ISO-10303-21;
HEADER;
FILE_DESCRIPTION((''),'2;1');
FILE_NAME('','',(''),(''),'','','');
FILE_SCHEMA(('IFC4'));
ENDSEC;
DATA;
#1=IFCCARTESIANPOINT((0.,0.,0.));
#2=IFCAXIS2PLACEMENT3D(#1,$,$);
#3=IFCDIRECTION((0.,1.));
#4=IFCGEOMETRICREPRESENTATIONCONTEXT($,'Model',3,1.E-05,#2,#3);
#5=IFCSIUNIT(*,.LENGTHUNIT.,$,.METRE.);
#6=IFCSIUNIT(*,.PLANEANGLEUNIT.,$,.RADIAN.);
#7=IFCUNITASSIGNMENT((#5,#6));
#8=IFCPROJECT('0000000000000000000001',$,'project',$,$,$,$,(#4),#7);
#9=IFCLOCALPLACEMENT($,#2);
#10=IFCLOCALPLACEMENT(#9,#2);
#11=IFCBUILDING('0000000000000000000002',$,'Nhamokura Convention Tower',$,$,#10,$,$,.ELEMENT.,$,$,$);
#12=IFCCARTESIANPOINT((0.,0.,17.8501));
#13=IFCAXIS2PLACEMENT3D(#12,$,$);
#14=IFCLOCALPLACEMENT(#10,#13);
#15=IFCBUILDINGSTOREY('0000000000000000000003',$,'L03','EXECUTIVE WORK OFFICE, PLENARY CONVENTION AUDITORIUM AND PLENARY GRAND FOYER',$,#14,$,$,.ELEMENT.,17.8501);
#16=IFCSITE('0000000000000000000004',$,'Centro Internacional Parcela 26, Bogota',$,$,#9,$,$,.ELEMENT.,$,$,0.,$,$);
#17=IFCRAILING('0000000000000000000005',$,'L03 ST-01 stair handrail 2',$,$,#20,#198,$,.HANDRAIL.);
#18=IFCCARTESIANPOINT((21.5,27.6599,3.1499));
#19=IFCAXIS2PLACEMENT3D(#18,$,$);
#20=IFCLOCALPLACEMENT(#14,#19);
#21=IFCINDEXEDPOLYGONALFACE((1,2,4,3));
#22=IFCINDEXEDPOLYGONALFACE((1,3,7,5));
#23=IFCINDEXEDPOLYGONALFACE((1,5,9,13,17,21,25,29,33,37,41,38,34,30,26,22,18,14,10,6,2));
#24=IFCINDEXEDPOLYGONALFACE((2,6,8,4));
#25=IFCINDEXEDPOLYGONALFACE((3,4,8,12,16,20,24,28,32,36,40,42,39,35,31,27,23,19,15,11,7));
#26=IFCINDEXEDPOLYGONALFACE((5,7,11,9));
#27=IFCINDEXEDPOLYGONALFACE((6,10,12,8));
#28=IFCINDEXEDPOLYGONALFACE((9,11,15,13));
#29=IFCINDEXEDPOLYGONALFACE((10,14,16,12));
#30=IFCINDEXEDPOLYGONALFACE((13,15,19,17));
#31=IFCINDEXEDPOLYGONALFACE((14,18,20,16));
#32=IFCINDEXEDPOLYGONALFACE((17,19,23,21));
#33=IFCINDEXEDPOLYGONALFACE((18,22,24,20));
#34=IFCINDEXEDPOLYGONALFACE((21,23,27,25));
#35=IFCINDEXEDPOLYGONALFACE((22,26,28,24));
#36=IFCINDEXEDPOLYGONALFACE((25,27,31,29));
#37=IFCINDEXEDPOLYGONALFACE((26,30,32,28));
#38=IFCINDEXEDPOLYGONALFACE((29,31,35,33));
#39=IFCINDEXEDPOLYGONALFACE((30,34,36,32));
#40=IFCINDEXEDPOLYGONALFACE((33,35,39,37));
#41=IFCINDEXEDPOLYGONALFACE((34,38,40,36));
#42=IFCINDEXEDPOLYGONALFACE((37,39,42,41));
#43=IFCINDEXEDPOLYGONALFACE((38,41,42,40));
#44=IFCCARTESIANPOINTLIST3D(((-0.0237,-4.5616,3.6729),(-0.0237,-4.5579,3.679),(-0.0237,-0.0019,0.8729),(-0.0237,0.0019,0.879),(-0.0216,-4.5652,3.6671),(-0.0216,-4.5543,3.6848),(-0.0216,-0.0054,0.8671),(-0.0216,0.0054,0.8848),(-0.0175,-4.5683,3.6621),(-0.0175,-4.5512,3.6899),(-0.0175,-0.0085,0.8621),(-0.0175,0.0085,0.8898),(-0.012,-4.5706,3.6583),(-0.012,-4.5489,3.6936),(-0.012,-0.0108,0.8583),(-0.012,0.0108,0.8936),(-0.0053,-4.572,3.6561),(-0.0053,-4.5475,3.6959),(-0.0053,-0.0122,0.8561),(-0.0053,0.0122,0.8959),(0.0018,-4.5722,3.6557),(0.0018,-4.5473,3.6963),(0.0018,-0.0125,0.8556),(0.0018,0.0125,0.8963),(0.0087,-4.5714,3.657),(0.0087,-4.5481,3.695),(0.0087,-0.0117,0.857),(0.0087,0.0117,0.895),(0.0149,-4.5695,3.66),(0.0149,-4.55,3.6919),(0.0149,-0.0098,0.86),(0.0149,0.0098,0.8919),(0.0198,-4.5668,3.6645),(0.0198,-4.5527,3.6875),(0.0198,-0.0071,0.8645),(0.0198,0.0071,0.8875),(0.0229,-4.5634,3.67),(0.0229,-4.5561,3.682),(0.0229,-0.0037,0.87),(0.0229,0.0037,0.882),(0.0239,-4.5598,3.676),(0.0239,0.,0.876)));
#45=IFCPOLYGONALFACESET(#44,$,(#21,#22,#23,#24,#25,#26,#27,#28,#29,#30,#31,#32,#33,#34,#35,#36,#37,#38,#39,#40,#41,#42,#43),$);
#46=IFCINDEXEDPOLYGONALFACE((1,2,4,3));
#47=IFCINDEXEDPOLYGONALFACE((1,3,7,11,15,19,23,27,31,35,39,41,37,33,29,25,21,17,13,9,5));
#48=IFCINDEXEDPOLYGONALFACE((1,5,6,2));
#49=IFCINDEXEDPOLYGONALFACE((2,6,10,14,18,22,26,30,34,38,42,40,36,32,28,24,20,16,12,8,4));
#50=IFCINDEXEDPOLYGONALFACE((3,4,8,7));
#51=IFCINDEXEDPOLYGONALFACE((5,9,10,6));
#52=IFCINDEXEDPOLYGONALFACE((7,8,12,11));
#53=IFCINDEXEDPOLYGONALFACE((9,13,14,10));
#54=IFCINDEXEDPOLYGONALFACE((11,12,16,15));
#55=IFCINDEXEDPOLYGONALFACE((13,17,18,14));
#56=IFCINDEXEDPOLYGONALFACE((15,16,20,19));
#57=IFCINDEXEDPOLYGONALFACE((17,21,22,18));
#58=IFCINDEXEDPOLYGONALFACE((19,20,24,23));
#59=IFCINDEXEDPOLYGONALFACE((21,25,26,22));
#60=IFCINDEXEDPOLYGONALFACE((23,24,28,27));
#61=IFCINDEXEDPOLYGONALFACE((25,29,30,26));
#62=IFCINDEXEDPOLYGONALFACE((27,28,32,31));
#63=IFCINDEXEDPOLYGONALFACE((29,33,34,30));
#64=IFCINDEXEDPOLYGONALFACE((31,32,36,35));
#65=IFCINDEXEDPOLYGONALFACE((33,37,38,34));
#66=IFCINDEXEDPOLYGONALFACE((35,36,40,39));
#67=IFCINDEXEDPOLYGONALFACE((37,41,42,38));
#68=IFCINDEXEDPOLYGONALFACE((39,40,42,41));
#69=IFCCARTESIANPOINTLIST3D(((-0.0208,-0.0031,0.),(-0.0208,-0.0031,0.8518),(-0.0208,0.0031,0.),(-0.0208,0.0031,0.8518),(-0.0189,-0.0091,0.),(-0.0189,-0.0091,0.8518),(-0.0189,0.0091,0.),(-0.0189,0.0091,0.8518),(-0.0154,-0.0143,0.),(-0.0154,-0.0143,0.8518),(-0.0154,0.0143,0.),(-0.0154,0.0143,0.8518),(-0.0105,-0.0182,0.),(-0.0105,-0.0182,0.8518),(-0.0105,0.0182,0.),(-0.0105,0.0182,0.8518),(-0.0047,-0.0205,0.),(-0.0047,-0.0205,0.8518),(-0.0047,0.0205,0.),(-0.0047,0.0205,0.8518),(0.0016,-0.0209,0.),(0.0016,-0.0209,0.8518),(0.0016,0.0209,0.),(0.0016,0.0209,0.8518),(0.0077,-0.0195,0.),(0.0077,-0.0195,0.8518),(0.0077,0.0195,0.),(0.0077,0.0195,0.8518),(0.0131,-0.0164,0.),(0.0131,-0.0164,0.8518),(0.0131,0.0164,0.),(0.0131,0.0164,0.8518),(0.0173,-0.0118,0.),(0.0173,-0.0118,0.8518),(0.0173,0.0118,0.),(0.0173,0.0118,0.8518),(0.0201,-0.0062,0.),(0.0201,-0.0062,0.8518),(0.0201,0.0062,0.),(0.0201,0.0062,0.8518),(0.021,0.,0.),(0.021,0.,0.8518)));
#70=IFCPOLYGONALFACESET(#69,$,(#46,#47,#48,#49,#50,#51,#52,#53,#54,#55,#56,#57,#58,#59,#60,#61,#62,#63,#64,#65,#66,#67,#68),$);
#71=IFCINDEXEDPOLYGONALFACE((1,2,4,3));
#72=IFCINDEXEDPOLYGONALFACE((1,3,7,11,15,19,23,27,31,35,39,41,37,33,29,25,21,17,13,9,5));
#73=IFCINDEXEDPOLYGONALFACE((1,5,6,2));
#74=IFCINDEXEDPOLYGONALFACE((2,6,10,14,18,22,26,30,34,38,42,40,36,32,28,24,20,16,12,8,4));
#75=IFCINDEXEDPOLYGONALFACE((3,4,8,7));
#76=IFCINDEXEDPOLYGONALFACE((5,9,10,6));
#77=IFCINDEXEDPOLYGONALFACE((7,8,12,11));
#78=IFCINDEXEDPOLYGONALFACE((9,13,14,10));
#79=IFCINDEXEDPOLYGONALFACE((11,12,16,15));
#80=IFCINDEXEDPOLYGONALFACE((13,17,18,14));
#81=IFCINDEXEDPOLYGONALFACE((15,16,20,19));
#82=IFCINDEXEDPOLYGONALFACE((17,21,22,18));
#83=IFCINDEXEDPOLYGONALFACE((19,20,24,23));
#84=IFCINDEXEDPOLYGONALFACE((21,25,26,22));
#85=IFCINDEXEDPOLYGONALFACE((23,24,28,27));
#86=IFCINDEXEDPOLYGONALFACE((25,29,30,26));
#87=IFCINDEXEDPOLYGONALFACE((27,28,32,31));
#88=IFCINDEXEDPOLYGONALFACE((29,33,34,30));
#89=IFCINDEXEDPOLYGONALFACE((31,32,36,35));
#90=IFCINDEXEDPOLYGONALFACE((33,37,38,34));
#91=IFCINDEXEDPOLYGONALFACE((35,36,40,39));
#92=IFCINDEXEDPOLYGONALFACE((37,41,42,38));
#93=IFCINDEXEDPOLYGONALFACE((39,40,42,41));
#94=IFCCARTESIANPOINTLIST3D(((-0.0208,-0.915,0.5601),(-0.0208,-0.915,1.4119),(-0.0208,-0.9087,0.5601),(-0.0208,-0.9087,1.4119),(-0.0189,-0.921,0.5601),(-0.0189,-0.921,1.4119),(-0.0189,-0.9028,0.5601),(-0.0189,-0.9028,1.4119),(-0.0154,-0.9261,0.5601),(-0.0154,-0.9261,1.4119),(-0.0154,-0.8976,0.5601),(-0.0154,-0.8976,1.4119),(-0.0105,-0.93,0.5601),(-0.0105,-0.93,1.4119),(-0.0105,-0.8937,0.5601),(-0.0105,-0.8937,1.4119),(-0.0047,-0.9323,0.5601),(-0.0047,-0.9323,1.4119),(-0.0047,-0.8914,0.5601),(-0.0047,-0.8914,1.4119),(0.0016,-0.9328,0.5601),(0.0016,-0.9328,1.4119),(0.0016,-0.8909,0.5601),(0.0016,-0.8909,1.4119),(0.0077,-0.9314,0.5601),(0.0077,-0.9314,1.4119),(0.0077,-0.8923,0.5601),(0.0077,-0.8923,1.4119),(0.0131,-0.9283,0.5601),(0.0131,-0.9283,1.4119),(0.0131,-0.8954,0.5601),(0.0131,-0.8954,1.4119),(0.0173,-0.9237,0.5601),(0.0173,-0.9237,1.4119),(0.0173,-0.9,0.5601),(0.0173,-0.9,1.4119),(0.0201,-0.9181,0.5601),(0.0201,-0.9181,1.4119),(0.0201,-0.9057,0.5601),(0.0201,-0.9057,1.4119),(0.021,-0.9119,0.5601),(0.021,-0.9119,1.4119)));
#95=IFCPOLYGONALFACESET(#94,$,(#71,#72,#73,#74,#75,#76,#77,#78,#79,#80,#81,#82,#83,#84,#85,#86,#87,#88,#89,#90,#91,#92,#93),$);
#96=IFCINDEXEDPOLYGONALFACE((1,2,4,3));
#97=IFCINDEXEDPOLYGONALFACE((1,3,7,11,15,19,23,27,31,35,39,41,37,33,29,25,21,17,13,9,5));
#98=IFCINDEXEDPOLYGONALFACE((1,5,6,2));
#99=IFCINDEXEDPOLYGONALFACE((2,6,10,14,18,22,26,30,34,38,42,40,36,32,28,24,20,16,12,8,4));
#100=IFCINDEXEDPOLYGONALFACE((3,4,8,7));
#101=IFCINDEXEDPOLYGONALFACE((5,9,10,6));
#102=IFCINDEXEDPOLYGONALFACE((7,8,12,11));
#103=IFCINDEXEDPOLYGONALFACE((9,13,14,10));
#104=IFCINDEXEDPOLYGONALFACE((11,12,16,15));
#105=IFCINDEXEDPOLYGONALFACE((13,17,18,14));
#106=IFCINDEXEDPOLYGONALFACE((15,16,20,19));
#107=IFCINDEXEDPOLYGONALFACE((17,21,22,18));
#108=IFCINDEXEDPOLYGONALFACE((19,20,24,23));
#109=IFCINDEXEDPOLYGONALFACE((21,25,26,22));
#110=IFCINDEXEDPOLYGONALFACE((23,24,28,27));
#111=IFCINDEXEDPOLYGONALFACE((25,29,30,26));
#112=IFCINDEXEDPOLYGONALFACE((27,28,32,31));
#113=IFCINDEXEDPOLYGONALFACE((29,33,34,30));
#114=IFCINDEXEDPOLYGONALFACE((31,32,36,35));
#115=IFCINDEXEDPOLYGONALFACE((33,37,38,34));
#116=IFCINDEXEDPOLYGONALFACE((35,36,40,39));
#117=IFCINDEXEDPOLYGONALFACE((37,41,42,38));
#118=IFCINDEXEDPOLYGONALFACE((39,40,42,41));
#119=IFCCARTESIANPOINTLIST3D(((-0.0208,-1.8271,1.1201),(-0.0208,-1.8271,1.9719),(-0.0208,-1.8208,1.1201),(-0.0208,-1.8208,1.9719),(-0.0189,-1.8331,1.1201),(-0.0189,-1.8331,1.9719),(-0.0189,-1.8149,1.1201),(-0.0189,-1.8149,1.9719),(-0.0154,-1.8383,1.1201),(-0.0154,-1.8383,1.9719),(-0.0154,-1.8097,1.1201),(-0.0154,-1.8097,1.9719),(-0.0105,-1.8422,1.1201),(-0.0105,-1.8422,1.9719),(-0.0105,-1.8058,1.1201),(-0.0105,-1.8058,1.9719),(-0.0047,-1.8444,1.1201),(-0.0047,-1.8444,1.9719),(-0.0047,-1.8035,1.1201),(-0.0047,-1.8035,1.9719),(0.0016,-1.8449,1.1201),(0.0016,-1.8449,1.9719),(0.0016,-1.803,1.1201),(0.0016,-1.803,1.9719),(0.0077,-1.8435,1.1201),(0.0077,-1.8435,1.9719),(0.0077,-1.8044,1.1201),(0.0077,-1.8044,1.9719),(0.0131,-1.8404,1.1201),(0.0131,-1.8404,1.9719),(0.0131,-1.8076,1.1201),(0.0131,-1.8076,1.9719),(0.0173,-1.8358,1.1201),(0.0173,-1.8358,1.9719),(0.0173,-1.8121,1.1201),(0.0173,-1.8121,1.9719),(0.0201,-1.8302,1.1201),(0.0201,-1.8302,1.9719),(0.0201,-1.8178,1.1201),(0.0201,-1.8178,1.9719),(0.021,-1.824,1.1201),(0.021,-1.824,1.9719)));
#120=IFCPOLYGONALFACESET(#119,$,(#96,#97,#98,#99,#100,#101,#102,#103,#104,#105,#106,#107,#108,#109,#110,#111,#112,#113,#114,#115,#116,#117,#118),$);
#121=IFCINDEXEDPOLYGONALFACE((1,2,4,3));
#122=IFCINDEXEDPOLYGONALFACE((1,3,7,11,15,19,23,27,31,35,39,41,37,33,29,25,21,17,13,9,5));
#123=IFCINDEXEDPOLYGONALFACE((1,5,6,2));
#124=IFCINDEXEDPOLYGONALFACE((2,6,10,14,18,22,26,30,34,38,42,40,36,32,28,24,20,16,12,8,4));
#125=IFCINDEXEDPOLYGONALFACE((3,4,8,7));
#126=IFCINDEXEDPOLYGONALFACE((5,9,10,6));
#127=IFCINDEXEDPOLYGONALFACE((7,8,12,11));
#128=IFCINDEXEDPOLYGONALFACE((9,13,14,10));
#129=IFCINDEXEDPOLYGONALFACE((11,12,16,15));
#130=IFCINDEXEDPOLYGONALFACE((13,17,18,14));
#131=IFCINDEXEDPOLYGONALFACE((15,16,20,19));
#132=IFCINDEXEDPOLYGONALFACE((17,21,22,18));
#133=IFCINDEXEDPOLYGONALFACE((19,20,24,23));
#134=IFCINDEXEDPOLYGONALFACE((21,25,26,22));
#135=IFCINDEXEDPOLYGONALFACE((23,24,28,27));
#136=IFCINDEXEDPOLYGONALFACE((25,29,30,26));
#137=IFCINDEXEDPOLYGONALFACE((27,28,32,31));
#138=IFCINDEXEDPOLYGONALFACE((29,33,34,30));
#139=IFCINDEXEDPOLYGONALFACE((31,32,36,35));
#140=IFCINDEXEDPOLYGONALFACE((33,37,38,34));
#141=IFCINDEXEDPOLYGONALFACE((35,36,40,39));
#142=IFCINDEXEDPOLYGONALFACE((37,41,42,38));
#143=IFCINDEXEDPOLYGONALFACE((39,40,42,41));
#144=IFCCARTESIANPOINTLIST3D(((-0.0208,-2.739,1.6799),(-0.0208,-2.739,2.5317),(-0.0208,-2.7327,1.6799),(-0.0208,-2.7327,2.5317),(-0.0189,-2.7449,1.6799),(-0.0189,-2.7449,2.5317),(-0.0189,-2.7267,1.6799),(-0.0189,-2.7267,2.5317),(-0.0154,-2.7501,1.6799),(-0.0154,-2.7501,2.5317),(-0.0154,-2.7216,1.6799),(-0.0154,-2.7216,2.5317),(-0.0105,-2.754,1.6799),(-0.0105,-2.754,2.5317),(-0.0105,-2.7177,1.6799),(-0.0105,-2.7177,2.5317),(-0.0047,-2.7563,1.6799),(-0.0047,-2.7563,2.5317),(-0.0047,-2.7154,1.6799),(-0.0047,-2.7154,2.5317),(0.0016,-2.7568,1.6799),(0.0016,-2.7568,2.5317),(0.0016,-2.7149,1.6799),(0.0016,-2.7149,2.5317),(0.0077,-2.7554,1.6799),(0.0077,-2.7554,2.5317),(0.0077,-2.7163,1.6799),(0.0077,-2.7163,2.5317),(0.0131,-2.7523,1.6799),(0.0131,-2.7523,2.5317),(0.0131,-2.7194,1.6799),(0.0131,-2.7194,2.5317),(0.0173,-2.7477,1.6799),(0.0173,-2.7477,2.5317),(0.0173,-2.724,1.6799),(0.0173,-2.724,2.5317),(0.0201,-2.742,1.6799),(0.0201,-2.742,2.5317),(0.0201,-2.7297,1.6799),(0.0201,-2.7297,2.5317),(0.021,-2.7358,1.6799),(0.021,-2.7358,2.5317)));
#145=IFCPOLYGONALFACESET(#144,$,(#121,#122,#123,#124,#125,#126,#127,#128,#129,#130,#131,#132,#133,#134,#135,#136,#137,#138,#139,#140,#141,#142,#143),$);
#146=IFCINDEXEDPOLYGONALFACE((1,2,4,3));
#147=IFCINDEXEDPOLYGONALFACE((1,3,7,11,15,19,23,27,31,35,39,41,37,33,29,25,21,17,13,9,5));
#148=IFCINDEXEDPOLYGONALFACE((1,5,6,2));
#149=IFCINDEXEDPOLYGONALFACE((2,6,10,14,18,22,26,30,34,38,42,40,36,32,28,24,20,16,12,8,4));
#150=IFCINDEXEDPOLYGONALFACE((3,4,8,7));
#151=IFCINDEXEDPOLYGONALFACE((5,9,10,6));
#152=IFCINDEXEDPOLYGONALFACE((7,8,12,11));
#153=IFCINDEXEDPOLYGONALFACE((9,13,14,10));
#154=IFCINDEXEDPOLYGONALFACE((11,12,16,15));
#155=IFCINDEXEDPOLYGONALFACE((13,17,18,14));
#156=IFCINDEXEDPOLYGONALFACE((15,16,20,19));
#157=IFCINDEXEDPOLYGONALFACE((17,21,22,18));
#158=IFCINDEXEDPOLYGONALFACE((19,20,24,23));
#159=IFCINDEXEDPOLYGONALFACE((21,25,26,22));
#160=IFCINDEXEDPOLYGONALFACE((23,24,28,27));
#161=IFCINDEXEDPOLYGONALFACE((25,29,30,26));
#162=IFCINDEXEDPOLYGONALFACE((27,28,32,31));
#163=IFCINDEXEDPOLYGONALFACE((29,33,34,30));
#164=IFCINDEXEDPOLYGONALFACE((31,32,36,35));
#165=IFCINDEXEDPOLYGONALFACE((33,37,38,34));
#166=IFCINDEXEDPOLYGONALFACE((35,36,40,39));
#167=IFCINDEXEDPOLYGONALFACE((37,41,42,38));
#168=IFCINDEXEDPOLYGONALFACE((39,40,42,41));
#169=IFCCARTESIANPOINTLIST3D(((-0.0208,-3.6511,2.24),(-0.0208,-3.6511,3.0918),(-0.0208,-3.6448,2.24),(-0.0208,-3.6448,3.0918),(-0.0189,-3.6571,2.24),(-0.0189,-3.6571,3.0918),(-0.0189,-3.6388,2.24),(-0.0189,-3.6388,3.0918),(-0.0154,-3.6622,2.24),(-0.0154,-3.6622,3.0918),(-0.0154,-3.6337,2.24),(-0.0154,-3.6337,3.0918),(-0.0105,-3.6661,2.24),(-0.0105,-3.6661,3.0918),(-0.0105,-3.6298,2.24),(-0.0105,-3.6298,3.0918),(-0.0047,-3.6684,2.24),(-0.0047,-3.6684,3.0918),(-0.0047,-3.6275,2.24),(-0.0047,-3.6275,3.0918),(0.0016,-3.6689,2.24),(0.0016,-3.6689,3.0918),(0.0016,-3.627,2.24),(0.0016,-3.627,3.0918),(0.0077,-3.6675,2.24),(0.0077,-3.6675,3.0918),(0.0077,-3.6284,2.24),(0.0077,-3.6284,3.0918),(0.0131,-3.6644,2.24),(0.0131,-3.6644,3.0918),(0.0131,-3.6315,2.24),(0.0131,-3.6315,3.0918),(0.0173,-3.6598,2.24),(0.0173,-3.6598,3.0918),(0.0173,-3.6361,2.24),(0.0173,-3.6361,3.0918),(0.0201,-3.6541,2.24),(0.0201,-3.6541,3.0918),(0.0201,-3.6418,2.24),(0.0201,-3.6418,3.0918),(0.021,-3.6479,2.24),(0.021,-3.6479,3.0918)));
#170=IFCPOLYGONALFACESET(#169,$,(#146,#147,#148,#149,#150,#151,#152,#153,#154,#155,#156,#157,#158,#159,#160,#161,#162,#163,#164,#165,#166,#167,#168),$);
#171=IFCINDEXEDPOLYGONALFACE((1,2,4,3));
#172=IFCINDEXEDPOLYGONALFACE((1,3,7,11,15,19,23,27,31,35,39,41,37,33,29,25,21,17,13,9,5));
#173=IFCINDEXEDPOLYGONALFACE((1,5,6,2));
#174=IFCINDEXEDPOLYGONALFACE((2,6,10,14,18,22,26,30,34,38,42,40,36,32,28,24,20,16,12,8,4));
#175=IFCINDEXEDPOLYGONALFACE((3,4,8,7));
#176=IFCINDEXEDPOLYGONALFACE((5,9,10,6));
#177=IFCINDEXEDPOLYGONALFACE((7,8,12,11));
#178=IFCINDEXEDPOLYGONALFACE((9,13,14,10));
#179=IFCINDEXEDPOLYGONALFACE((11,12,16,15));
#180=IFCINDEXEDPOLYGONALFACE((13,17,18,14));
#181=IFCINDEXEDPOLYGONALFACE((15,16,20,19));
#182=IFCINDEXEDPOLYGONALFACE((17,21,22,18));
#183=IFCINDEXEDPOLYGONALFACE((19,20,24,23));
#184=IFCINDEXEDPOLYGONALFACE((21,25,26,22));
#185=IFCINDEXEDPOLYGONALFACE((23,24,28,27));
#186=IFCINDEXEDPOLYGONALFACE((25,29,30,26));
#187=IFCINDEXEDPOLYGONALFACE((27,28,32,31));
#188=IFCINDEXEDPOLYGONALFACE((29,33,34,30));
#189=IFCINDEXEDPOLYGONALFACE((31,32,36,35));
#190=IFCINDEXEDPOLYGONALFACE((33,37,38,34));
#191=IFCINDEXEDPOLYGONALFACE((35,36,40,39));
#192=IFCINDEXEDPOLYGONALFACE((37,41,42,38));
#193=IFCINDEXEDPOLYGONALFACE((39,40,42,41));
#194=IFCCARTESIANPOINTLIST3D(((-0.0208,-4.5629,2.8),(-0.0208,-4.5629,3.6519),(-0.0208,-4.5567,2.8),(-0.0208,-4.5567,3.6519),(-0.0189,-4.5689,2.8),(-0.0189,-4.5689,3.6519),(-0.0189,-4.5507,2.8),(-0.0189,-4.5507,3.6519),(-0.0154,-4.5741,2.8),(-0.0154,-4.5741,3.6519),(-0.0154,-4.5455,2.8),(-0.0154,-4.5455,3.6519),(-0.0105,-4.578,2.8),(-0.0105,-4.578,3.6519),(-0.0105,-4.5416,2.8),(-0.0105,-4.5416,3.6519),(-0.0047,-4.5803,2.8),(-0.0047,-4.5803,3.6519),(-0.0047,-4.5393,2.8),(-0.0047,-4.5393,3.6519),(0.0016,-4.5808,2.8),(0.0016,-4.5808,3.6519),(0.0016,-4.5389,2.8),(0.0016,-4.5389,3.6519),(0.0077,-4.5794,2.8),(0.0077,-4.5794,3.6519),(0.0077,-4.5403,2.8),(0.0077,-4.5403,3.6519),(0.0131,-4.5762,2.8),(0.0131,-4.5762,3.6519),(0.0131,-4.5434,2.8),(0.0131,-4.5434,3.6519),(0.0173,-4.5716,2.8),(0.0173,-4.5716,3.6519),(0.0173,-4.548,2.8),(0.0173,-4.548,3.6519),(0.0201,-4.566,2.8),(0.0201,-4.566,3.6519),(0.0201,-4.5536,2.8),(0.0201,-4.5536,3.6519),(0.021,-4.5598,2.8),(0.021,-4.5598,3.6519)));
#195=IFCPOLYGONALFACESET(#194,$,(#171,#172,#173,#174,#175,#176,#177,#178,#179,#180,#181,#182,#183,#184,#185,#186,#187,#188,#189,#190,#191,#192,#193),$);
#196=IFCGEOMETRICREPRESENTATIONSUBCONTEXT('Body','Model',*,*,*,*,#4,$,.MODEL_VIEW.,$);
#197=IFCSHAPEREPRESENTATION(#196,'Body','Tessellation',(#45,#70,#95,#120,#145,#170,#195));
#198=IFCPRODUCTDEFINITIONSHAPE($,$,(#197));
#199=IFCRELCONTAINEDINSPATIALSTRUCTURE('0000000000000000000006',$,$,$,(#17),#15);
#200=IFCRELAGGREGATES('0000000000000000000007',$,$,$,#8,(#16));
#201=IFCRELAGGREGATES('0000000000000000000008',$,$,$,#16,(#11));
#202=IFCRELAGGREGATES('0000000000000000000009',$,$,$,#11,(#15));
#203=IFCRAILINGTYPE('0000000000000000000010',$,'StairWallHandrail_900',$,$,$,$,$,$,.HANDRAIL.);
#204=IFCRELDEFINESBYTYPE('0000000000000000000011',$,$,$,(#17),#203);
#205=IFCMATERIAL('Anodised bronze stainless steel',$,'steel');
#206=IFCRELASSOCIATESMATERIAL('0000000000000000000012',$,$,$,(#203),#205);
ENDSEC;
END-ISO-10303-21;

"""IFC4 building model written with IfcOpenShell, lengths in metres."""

from ifc_helpers import new_model, si_unit, direction, frame, origin, origin_2d, place, context, subcontext, project, spatial, circle, extrude, material, type_object, element, save


model = new_model("IFC4")

# Units and contexts
model_context = context("Model", 3, precision=1e-05, world=origin(), true_north=direction((0.0, 1.0)))
body_context = subcontext(model_context, "Body", "Model", "MODEL_VIEW")
ifc_project = project(units=[si_unit("LENGTHUNIT", "METRE"), si_unit("PLANEANGLEUNIT", "RADIAN")], contexts=[model_context])

# Site, building, storey
site_placement = place(None, origin())
site = spatial("IfcSite", under=ifc_project, at=site_placement, Name="Centro Internacional Parcela 26, Bogota", CompositionType="ELEMENT", RefElevation=0.0)
building_placement = place(site_placement, origin())
building = spatial("IfcBuilding", under=site, at=building_placement, Name="Nhamokura Convention Tower", CompositionType="ELEMENT")
storey_placement = place(building_placement, frame((0.0, 0.0, 17.8501)))
storey = spatial("IfcBuildingStorey", under=building, at=storey_placement, Name="L03", Description="EXECUTIVE WORK OFFICE, PLENARY CONVENTION AUDITORIUM AND PLENARY GRAND FOYER", CompositionType="ELEMENT", Elevation=17.8501)

# Railing
ifc_material_1 = material(Name="Anodised bronze stainless steel", Category="steel")
railing_type_1 = type_object("IfcRailingType", Name="StairWallHandrail_900", PredefinedType="HANDRAIL", material=ifc_material_1)
railing_1_placement = place(storey_placement, frame((21.5, 27.6599, 3.1499)))
element("IfcRailing", 1, at=railing_1_placement, inside=storey, type_object=railing_type_1, Name="L03 ST-01 stair handrail 2", PredefinedType="HANDRAIL", context=body_context, shape_type="SweptSolid", body=[
    extrude(circle(Radius=0.0239, at=origin_2d()), frame((0.0, 0.0, 0.876), z_axis=(0.0, -0.852158, 0.523285), x_axis=(1.0, 0.0, 0.0)), (0.0, 0.0, 1.0), 5.3508),
    extrude(circle(Radius=0.021, at=origin_2d()), origin(), (0.0, 0.0, 1.0), 0.8518),
    extrude(circle(Radius=0.021, at=origin_2d()), frame((0.0, -0.9119, 0.5601)), (0.0, 0.0, 1.0), 0.8518),
    extrude(circle(Radius=0.021, at=origin_2d()), frame((0.0, -1.824, 1.1201)), (0.0, 0.0, 1.0), 0.8518),
    extrude(circle(Radius=0.021, at=origin_2d()), frame((0.0, -2.7358, 1.6799)), (0.0, 0.0, 1.0), 0.8518),
    extrude(circle(Radius=0.021, at=origin_2d()), frame((0.0, -3.6479, 2.24)), (0.0, 0.0, 1.0), 0.8518),
    extrude(circle(Radius=0.021, at=origin_2d()), frame((0.0, -4.5598, 2.8)), (0.0, 0.0, 1.0), 0.8518),
])

save(model, "model.ifc")
